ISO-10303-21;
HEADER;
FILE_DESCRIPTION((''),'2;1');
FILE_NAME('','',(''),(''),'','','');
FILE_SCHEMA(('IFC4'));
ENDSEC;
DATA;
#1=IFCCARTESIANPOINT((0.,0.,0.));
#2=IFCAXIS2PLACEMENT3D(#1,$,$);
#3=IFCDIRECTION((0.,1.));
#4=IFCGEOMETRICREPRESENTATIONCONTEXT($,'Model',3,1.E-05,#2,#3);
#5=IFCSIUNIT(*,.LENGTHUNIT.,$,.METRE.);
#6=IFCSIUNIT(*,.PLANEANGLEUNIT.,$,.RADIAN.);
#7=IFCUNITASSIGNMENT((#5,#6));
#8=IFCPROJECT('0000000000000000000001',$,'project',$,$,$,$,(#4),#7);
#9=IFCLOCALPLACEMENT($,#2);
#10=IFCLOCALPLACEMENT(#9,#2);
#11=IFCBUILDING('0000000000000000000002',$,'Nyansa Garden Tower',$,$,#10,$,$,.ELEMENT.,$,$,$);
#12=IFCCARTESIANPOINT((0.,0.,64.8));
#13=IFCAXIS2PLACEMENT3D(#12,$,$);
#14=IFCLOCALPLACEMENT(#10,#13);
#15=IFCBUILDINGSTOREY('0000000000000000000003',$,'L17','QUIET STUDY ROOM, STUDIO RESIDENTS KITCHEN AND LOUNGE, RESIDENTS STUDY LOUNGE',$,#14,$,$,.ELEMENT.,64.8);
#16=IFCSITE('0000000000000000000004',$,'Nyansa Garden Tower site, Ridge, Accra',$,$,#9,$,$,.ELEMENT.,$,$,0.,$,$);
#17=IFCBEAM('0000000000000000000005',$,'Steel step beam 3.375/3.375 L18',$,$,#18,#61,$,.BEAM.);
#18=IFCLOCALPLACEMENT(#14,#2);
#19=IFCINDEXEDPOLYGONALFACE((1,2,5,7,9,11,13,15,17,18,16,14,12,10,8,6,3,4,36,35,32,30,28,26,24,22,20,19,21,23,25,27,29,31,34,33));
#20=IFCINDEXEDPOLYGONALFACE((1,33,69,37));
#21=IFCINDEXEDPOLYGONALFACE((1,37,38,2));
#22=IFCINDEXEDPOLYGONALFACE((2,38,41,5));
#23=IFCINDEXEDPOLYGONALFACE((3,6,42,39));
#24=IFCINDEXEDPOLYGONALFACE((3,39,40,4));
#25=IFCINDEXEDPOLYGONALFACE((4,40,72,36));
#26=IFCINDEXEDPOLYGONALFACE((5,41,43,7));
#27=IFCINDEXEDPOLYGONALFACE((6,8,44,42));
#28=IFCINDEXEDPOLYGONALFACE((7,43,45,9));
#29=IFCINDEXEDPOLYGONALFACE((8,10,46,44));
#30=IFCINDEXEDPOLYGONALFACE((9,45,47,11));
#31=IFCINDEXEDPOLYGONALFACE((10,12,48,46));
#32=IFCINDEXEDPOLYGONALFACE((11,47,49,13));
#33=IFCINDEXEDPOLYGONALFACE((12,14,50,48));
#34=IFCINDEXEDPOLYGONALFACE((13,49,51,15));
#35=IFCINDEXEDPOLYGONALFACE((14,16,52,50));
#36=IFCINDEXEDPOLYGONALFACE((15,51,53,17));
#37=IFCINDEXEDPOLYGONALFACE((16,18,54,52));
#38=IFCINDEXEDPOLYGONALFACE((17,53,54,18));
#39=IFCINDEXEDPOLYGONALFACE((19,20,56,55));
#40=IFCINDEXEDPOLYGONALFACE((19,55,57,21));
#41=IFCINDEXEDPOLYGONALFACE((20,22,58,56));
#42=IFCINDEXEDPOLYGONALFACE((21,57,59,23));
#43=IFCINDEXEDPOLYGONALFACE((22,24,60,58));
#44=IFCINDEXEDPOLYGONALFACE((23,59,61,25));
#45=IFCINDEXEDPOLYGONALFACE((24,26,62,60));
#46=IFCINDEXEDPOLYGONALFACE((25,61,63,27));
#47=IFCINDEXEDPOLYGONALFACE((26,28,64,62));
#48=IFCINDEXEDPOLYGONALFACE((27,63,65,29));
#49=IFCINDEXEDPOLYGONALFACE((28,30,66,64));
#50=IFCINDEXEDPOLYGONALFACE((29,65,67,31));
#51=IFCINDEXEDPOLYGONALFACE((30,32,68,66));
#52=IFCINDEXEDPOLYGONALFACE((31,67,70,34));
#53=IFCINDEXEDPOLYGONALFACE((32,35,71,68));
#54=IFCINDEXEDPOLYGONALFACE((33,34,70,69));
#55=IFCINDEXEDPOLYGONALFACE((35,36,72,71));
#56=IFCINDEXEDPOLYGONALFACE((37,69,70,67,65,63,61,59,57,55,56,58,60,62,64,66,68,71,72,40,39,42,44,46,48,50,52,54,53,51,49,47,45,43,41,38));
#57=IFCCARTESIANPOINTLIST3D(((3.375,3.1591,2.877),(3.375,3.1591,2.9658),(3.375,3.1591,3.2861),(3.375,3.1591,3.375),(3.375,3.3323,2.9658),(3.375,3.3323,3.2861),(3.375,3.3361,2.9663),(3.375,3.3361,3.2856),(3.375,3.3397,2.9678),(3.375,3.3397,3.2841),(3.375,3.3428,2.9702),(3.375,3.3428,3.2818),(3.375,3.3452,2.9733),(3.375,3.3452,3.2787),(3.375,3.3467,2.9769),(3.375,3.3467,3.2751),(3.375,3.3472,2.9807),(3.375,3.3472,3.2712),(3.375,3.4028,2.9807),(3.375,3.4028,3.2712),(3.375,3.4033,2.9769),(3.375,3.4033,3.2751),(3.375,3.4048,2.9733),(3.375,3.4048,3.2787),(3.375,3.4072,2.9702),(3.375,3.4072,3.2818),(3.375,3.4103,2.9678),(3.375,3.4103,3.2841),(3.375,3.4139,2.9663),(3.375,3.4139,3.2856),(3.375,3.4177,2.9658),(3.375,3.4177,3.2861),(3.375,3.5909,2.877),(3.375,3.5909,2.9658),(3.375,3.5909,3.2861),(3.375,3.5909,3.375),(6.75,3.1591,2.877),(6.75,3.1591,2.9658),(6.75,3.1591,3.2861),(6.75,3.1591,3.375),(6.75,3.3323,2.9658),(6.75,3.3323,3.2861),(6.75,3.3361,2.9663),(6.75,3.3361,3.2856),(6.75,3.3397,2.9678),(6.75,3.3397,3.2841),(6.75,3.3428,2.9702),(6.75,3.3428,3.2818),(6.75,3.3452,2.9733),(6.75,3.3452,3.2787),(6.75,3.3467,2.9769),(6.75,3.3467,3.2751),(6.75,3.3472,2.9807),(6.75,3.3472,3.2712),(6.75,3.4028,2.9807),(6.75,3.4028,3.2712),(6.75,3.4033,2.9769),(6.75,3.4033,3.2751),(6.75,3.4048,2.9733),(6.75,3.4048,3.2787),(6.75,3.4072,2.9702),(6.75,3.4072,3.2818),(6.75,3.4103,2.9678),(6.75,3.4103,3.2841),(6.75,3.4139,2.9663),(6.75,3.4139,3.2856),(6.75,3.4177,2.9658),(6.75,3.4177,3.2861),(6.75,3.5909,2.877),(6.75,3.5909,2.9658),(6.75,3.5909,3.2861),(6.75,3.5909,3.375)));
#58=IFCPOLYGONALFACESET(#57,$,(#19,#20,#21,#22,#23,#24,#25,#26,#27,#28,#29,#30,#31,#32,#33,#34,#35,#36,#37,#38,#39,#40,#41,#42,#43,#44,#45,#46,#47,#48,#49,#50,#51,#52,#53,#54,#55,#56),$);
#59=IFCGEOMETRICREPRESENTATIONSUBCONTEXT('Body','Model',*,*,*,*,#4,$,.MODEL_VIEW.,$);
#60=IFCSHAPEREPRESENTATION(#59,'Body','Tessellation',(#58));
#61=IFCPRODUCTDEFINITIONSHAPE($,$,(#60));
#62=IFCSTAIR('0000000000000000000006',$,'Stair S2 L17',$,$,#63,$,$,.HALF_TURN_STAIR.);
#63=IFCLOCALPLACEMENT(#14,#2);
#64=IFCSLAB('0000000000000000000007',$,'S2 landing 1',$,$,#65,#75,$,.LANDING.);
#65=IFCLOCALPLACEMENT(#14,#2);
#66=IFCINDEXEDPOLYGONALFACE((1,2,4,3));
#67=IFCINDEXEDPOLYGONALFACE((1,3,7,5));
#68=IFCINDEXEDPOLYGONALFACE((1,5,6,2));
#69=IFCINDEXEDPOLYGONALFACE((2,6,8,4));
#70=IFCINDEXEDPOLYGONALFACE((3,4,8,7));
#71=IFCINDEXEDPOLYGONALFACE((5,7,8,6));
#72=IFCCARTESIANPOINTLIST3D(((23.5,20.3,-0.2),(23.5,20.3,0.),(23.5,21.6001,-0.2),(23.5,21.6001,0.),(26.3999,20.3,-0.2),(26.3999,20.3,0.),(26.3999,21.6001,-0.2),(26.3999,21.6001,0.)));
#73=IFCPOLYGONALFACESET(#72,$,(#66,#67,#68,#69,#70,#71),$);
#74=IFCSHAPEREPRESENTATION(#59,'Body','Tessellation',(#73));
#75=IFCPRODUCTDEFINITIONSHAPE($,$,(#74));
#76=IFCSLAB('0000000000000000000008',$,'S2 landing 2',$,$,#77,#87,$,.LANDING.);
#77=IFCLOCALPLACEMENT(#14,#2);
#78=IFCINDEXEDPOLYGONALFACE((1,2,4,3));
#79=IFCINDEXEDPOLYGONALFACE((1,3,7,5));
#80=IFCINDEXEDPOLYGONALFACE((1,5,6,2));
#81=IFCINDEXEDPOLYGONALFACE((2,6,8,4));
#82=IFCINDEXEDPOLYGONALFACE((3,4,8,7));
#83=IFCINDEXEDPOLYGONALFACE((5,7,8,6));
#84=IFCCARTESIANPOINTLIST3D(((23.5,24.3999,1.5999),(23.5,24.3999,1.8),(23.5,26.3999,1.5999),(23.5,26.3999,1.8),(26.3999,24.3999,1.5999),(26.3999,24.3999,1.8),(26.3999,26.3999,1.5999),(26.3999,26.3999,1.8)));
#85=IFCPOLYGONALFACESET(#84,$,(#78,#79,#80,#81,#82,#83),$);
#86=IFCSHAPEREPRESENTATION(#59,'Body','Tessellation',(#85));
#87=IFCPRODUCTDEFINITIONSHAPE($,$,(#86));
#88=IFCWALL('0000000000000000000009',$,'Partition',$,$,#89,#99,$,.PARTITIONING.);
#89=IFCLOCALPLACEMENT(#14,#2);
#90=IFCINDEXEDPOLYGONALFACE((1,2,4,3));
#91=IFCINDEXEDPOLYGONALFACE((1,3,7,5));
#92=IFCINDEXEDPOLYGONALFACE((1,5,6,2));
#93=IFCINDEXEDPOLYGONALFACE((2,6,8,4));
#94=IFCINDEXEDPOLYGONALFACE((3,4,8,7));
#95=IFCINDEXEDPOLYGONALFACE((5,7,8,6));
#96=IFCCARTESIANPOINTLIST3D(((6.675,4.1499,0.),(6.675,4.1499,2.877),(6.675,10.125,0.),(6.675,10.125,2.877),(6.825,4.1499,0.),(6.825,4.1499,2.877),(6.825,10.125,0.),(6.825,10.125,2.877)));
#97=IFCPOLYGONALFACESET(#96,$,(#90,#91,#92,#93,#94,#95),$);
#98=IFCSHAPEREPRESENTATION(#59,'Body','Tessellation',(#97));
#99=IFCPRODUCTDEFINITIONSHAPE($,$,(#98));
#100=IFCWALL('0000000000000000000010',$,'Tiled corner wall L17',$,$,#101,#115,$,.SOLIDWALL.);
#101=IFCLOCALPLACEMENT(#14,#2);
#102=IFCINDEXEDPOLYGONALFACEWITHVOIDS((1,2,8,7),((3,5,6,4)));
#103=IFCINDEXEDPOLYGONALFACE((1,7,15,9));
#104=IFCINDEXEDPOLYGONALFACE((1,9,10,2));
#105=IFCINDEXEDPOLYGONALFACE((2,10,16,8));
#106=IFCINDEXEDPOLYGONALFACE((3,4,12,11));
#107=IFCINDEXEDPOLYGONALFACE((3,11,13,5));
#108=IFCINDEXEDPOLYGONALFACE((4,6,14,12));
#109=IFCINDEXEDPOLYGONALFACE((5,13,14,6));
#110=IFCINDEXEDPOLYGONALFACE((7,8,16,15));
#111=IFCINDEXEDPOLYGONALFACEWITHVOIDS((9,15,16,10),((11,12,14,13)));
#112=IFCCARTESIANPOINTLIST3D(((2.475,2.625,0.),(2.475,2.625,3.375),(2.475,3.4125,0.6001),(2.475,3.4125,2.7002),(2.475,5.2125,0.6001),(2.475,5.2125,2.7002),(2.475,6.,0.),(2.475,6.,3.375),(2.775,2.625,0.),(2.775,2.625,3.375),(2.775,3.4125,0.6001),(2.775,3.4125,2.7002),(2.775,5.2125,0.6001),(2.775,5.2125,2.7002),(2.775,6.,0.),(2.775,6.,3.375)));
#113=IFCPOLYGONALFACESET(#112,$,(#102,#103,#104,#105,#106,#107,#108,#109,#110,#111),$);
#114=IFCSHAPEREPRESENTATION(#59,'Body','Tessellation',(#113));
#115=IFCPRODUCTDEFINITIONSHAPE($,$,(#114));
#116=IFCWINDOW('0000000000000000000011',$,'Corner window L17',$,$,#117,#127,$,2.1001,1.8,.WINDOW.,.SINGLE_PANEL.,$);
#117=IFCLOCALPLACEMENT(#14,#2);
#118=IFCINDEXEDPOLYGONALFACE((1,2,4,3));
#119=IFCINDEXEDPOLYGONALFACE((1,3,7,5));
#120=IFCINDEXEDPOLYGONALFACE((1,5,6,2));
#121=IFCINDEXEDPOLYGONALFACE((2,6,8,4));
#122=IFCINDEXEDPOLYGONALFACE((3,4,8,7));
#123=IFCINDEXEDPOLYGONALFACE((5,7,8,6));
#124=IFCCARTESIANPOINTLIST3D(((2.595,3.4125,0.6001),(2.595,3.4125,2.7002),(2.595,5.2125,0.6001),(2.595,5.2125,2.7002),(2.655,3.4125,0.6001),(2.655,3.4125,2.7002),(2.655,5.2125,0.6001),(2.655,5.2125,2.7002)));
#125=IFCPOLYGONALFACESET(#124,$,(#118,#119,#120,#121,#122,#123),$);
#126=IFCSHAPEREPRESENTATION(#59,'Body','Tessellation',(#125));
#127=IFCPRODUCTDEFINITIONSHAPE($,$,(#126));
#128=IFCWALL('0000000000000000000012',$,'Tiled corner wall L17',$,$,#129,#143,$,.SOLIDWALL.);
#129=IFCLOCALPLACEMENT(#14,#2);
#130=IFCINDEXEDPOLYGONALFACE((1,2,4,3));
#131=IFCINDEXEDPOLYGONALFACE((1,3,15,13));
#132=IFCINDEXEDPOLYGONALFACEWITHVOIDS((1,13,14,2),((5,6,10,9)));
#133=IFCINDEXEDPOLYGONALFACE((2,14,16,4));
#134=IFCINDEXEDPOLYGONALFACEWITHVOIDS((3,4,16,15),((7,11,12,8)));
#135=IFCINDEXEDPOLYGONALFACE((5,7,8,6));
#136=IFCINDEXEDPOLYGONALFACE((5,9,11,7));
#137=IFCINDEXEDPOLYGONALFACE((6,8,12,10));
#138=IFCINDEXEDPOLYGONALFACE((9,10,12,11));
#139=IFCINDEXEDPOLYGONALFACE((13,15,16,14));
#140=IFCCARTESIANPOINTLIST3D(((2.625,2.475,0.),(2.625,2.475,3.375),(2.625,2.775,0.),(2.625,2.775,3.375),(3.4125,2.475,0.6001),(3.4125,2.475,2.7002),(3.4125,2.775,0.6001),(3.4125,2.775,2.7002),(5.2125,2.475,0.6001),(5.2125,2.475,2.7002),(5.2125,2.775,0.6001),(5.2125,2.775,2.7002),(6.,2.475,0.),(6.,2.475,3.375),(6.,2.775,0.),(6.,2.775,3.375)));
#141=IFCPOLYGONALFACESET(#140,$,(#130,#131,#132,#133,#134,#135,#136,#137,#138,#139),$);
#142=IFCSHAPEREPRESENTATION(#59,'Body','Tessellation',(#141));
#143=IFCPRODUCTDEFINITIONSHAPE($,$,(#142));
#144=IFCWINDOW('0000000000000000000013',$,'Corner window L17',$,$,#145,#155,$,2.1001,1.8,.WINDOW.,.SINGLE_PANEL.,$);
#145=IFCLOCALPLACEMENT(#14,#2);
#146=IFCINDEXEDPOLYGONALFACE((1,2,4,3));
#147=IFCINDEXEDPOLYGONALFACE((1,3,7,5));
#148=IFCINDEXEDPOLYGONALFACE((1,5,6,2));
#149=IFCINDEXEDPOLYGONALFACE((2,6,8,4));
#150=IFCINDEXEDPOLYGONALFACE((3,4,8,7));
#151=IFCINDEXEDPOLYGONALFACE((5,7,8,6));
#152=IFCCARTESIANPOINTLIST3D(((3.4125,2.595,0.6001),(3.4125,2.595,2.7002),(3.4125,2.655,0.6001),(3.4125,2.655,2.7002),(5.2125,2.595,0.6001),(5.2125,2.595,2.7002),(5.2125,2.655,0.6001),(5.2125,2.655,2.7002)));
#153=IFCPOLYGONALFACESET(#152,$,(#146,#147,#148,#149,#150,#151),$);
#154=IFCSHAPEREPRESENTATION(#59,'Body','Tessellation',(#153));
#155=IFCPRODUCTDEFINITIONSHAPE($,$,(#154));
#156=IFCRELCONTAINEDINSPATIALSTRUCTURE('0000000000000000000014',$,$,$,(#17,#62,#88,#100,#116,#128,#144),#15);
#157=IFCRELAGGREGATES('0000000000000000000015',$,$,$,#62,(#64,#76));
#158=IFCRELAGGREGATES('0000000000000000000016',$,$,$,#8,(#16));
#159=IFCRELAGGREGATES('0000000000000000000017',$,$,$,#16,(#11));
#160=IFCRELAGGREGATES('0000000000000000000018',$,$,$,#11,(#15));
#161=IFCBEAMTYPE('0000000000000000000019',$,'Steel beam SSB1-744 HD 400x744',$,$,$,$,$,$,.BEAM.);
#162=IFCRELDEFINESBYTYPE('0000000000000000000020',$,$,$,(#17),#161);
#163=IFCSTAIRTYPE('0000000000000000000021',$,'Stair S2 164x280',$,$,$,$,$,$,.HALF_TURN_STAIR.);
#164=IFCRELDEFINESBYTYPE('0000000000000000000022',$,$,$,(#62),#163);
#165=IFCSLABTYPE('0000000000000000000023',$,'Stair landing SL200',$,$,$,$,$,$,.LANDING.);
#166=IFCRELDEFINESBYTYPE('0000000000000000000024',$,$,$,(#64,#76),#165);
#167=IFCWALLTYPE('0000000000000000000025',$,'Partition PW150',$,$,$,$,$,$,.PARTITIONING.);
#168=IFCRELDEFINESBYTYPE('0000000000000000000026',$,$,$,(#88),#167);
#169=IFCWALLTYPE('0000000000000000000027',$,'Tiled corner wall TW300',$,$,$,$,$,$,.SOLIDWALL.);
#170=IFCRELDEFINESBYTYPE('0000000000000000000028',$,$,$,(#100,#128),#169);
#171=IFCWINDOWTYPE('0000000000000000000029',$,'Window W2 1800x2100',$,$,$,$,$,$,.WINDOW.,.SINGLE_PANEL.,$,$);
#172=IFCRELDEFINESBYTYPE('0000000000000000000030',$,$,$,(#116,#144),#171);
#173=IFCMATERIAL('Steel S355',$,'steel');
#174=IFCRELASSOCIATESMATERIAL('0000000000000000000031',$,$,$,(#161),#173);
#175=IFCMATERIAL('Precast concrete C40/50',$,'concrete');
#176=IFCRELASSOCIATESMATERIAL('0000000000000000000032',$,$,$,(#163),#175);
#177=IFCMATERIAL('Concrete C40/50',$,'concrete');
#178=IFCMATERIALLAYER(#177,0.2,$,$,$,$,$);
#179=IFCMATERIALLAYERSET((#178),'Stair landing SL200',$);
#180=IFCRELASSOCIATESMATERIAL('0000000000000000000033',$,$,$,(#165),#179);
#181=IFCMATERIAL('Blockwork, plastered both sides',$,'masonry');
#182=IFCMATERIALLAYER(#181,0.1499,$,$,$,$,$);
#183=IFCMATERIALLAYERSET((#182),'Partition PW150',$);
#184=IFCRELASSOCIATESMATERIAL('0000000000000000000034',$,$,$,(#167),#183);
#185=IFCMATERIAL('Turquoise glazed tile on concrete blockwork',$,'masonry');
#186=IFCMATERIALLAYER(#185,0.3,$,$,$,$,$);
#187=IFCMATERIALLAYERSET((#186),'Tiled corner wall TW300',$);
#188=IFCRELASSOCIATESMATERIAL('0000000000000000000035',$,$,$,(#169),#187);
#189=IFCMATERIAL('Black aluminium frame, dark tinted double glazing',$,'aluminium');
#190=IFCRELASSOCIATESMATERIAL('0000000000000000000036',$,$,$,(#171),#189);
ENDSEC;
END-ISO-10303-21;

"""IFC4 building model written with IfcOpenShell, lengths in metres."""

from ifc_helpers import new_model, si_unit, direction, frame, frame_2d, origin, origin_2d, place, context, subcontext, project, spatial, polyline, rectangle, i_section, outline, extrude, material, layer, layer_set, material_profile, profile_set, type_object, element, fill, aggregate, save


model = new_model("IFC4")

# Units and contexts
model_context = context("Model", 3, precision=1e-05, world=origin(), true_north=direction((0.0, 1.0)))
body_context = subcontext(model_context, "Body", "Model", "MODEL_VIEW")
ifc_project = project(units=[si_unit("LENGTHUNIT", "METRE"), si_unit("PLANEANGLEUNIT", "RADIAN")], contexts=[model_context])

# Site, building, storey
site_placement = place(None, origin())
site = spatial("IfcSite", under=ifc_project, at=site_placement, Name="Nyansa Garden Tower site, Ridge, Accra", CompositionType="ELEMENT", RefElevation=0.0)
building_placement = place(site_placement, origin())
building = spatial("IfcBuilding", under=site, at=building_placement, Name="Nyansa Garden Tower", CompositionType="ELEMENT")
storey_placement = place(building_placement, frame((0.0, 0.0, 64.8)))
storey = spatial("IfcBuildingStorey", under=building, at=storey_placement, Name="L17", Description="QUIET STUDY ROOM, STUDIO RESIDENTS KITCHEN AND LOUNGE, RESIDENTS STUDY LOUNGE", CompositionType="ELEMENT", Elevation=64.8)

# Beam
ifc_material_1 = material(Name="Steel S355", Category="steel")
ifc_material_profile_1 = material_profile(ifc_material_1, i_section(OverallWidth=0.4319, OverallDepth=0.498, WebThickness=0.0557, FlangeThickness=0.0889, FilletRadius=0.0149, at=origin_2d()), Name="HD 400x744")
ifc_profile_set_1 = profile_set([ifc_material_profile_1], Name="Steel S355")
beam_type_1 = type_object("IfcBeamType", Name="Steel beam SSB1-744 HD 400x744", PredefinedType="BEAM", material=ifc_profile_set_1)
for number, where, z_axis, x_axis, name in (
    (1, (3.375, 3.375, 3.126), (1.0, 0.0, 0.0), (0.0, 1.0, 0.0), "Steel step beam 3.375/3.375 L18"),
):
    element("IfcBeam", number, at=place(storey_placement, frame(where, z_axis=z_axis, x_axis=x_axis)), inside=storey, type_object=beam_type_1, Name=name, PredefinedType="BEAM", context=body_context, shape_type="SweptSolid", body=[
        extrude(i_section(OverallWidth=0.4319, OverallDepth=0.498, WebThickness=0.0557, FlangeThickness=0.0889, FilletRadius=0.0149, at=origin_2d()), origin(), (0.0, 0.0, 1.0), 3.375),
    ])

# Stair, slabs
ifc_material_2 = material(Name="Precast concrete C40/50", Category="concrete")
stair_type = type_object("IfcStairType", Name="Stair S2 164x280", PredefinedType="HALF_TURN_STAIR", material=ifc_material_2)
stair_placement = place(storey_placement, origin())
stair = element("IfcStair", 2, at=stair_placement, inside=storey, type_object=stair_type, Name="Stair S2 L17", PredefinedType="HALF_TURN_STAIR")
ifc_material_3 = material(Name="Concrete C40/50", Category="concrete")
ifc_layer_1 = layer(ifc_material_3, 0.2)
ifc_layer_set_1 = layer_set([ifc_layer_1], Name="Stair landing SL200")
slab_type = type_object("IfcSlabType", Name="Stair landing SL200", PredefinedType="LANDING", material=ifc_layer_set_1)
slab_1_placement = place(storey_placement, frame((0.0, 0.0, -0.2)))
slab_1 = element("IfcSlab", 3, at=slab_1_placement, type_object=slab_type, Name="S2 landing 1", PredefinedType="LANDING", context=body_context, shape_type="SweptSolid", body=[
    extrude(outline(polyline([(23.5, 20.3), (26.3999, 20.3), (26.3999, 21.6001), (23.5, 21.6001), (23.5, 20.3)])), origin(), (0.0, 0.0, 1.0), 0.2),
])
slab_2_placement = place(storey_placement, frame((0.0, 0.0, 1.5999)))
slab_2 = element("IfcSlab", 4, at=slab_2_placement, type_object=slab_type, Name="S2 landing 2", PredefinedType="LANDING", context=body_context, shape_type="SweptSolid", body=[
    extrude(outline(polyline([(23.5, 24.3999), (26.3999, 24.3999), (26.3999, 26.3999), (23.5, 26.3999), (23.5, 24.3999)])), origin(), (0.0, 0.0, 1.0), 0.2002),
])
aggregate(stair, [slab_1, slab_2])

# Wall
ifc_material_4 = material(Name="Blockwork, plastered both sides", Category="masonry")
ifc_layer_2 = layer(ifc_material_4, 0.1499)
ifc_layer_set_2 = layer_set([ifc_layer_2], Name="Partition PW150")
wall_type_1 = type_object("IfcWallType", Name="Partition PW150", PredefinedType="PARTITIONING", material=ifc_layer_set_2)
wall_1_placement = place(storey_placement, frame((6.75, 4.1499, 0.0), z_axis=(0.0, 0.0, 1.0), x_axis=(0.0, 1.0, 0.0)))
element("IfcWall", 5, at=wall_1_placement, inside=storey, type_object=wall_type_1, Name="Partition", PredefinedType="PARTITIONING", context=body_context, shape_type="SweptSolid", body=[
    extrude(rectangle(XDim=5.9751, YDim=0.1499, at=frame_2d((2.9875, 0.0))), origin(), (0.0, 0.0, 1.0), 2.877),
])

# Walls, openings, windows
ifc_material_5 = material(Name="Turquoise glazed tile on concrete blockwork", Category="masonry")
ifc_layer_3 = layer(ifc_material_5, 0.3)
ifc_layer_set_3 = layer_set([ifc_layer_3], Name="Tiled corner wall TW300")
wall_type_2 = type_object("IfcWallType", Name="Tiled corner wall TW300", PredefinedType="SOLIDWALL", material=ifc_layer_set_3)
wall_2_placement = place(storey_placement, frame((2.625, 6.0, 0.0), z_axis=(0.0, 0.0, 1.0), x_axis=(0.0, -1.0, 0.0)))
wall_2 = element("IfcWall", 6, at=wall_2_placement, inside=storey, type_object=wall_type_2, Name="Tiled corner wall L17", PredefinedType="SOLIDWALL", context=body_context, shape_type="SweptSolid", body=[
    extrude(rectangle(XDim=3.375, YDim=0.3, at=frame_2d((1.6875, 0.0))), origin(), (0.0, 0.0, 1.0), 3.375),
])
opening_1_placement = place(wall_2_placement, frame((0.7876, 0.0, 0.6001)))
opening_1 = element("IfcOpeningElement", 7, at=opening_1_placement, cuts=wall_2, PredefinedType="OPENING", context=body_context, shape_type="SweptSolid", body=[
    extrude(rectangle(XDim=1.8, YDim=2.1001, at=frame_2d((0.8999, 1.05))), frame((0.0, 0.1599, 0.0), z_axis=(0.0, -1.0, 0.0), x_axis=(1.0, 0.0, 0.0)), (0.0, 0.0, 1.0), 0.3201),
])
ifc_material_6 = material(Name="Black aluminium frame, dark tinted double glazing", Category="aluminium")
window_type_1 = type_object("IfcWindowType", Name="Window W2 1800x2100", PartitioningType="SINGLE_PANEL", PredefinedType="WINDOW", material=ifc_material_6)
window_1_placement = place(opening_1_placement, origin())
window_1 = element("IfcWindow", 8, at=window_1_placement, inside=storey, type_object=window_type_1, Name="Corner window L17", OverallHeight=2.1001, OverallWidth=1.8, PartitioningType="SINGLE_PANEL", PredefinedType="WINDOW", context=body_context, shape_type="SweptSolid", body=[
    extrude(rectangle(XDim=1.8, YDim=2.1001, at=frame_2d((0.8999, 1.05))), frame((0.0, 0.03, 0.0), z_axis=(0.0, -1.0, 0.0), x_axis=(1.0, 0.0, 0.0)), (0.0, 0.0, 1.0), 0.0601),
])
fill(opening_1, window_1)
wall_3_placement = place(storey_placement, frame((2.625, 2.625, 0.0), z_axis=(0.0, 0.0, 1.0), x_axis=(1.0, 0.0, 0.0)))
wall_3 = element("IfcWall", 9, at=wall_3_placement, inside=storey, type_object=wall_type_2, Name="Tiled corner wall L17", PredefinedType="SOLIDWALL", context=body_context, shape_type="SweptSolid", body=[
    extrude(rectangle(XDim=3.375, YDim=0.3, at=frame_2d((1.6875, 0.0))), origin(), (0.0, 0.0, 1.0), 3.375),
])
opening_2_placement = place(wall_3_placement, frame((0.7876, 0.0, 0.6001)))
opening_2 = element("IfcOpeningElement", 10, at=opening_2_placement, cuts=wall_3, PredefinedType="OPENING", context=body_context, shape_type="SweptSolid", body=[
    extrude(rectangle(XDim=1.8, YDim=2.1001, at=frame_2d((0.8999, 1.05))), frame((0.0, 0.1599, 0.0), z_axis=(0.0, -1.0, 0.0), x_axis=(1.0, 0.0, 0.0)), (0.0, 0.0, 1.0), 0.3201),
])
window_2_placement = place(opening_2_placement, origin())
window_2 = element("IfcWindow", 11, at=window_2_placement, inside=storey, type_object=window_type_1, Name="Corner window L17", OverallHeight=2.1001, OverallWidth=1.8, PartitioningType="SINGLE_PANEL", PredefinedType="WINDOW", context=body_context, shape_type="SweptSolid", body=[
    extrude(rectangle(XDim=1.8, YDim=2.1001, at=frame_2d((0.8999, 1.05))), frame((0.0, 0.03, 0.0), z_axis=(0.0, -1.0, 0.0), x_axis=(1.0, 0.0, 0.0)), (0.0, 0.0, 1.0), 0.0601),
])
fill(opening_2, window_2)

save(model, "model.ifc")
